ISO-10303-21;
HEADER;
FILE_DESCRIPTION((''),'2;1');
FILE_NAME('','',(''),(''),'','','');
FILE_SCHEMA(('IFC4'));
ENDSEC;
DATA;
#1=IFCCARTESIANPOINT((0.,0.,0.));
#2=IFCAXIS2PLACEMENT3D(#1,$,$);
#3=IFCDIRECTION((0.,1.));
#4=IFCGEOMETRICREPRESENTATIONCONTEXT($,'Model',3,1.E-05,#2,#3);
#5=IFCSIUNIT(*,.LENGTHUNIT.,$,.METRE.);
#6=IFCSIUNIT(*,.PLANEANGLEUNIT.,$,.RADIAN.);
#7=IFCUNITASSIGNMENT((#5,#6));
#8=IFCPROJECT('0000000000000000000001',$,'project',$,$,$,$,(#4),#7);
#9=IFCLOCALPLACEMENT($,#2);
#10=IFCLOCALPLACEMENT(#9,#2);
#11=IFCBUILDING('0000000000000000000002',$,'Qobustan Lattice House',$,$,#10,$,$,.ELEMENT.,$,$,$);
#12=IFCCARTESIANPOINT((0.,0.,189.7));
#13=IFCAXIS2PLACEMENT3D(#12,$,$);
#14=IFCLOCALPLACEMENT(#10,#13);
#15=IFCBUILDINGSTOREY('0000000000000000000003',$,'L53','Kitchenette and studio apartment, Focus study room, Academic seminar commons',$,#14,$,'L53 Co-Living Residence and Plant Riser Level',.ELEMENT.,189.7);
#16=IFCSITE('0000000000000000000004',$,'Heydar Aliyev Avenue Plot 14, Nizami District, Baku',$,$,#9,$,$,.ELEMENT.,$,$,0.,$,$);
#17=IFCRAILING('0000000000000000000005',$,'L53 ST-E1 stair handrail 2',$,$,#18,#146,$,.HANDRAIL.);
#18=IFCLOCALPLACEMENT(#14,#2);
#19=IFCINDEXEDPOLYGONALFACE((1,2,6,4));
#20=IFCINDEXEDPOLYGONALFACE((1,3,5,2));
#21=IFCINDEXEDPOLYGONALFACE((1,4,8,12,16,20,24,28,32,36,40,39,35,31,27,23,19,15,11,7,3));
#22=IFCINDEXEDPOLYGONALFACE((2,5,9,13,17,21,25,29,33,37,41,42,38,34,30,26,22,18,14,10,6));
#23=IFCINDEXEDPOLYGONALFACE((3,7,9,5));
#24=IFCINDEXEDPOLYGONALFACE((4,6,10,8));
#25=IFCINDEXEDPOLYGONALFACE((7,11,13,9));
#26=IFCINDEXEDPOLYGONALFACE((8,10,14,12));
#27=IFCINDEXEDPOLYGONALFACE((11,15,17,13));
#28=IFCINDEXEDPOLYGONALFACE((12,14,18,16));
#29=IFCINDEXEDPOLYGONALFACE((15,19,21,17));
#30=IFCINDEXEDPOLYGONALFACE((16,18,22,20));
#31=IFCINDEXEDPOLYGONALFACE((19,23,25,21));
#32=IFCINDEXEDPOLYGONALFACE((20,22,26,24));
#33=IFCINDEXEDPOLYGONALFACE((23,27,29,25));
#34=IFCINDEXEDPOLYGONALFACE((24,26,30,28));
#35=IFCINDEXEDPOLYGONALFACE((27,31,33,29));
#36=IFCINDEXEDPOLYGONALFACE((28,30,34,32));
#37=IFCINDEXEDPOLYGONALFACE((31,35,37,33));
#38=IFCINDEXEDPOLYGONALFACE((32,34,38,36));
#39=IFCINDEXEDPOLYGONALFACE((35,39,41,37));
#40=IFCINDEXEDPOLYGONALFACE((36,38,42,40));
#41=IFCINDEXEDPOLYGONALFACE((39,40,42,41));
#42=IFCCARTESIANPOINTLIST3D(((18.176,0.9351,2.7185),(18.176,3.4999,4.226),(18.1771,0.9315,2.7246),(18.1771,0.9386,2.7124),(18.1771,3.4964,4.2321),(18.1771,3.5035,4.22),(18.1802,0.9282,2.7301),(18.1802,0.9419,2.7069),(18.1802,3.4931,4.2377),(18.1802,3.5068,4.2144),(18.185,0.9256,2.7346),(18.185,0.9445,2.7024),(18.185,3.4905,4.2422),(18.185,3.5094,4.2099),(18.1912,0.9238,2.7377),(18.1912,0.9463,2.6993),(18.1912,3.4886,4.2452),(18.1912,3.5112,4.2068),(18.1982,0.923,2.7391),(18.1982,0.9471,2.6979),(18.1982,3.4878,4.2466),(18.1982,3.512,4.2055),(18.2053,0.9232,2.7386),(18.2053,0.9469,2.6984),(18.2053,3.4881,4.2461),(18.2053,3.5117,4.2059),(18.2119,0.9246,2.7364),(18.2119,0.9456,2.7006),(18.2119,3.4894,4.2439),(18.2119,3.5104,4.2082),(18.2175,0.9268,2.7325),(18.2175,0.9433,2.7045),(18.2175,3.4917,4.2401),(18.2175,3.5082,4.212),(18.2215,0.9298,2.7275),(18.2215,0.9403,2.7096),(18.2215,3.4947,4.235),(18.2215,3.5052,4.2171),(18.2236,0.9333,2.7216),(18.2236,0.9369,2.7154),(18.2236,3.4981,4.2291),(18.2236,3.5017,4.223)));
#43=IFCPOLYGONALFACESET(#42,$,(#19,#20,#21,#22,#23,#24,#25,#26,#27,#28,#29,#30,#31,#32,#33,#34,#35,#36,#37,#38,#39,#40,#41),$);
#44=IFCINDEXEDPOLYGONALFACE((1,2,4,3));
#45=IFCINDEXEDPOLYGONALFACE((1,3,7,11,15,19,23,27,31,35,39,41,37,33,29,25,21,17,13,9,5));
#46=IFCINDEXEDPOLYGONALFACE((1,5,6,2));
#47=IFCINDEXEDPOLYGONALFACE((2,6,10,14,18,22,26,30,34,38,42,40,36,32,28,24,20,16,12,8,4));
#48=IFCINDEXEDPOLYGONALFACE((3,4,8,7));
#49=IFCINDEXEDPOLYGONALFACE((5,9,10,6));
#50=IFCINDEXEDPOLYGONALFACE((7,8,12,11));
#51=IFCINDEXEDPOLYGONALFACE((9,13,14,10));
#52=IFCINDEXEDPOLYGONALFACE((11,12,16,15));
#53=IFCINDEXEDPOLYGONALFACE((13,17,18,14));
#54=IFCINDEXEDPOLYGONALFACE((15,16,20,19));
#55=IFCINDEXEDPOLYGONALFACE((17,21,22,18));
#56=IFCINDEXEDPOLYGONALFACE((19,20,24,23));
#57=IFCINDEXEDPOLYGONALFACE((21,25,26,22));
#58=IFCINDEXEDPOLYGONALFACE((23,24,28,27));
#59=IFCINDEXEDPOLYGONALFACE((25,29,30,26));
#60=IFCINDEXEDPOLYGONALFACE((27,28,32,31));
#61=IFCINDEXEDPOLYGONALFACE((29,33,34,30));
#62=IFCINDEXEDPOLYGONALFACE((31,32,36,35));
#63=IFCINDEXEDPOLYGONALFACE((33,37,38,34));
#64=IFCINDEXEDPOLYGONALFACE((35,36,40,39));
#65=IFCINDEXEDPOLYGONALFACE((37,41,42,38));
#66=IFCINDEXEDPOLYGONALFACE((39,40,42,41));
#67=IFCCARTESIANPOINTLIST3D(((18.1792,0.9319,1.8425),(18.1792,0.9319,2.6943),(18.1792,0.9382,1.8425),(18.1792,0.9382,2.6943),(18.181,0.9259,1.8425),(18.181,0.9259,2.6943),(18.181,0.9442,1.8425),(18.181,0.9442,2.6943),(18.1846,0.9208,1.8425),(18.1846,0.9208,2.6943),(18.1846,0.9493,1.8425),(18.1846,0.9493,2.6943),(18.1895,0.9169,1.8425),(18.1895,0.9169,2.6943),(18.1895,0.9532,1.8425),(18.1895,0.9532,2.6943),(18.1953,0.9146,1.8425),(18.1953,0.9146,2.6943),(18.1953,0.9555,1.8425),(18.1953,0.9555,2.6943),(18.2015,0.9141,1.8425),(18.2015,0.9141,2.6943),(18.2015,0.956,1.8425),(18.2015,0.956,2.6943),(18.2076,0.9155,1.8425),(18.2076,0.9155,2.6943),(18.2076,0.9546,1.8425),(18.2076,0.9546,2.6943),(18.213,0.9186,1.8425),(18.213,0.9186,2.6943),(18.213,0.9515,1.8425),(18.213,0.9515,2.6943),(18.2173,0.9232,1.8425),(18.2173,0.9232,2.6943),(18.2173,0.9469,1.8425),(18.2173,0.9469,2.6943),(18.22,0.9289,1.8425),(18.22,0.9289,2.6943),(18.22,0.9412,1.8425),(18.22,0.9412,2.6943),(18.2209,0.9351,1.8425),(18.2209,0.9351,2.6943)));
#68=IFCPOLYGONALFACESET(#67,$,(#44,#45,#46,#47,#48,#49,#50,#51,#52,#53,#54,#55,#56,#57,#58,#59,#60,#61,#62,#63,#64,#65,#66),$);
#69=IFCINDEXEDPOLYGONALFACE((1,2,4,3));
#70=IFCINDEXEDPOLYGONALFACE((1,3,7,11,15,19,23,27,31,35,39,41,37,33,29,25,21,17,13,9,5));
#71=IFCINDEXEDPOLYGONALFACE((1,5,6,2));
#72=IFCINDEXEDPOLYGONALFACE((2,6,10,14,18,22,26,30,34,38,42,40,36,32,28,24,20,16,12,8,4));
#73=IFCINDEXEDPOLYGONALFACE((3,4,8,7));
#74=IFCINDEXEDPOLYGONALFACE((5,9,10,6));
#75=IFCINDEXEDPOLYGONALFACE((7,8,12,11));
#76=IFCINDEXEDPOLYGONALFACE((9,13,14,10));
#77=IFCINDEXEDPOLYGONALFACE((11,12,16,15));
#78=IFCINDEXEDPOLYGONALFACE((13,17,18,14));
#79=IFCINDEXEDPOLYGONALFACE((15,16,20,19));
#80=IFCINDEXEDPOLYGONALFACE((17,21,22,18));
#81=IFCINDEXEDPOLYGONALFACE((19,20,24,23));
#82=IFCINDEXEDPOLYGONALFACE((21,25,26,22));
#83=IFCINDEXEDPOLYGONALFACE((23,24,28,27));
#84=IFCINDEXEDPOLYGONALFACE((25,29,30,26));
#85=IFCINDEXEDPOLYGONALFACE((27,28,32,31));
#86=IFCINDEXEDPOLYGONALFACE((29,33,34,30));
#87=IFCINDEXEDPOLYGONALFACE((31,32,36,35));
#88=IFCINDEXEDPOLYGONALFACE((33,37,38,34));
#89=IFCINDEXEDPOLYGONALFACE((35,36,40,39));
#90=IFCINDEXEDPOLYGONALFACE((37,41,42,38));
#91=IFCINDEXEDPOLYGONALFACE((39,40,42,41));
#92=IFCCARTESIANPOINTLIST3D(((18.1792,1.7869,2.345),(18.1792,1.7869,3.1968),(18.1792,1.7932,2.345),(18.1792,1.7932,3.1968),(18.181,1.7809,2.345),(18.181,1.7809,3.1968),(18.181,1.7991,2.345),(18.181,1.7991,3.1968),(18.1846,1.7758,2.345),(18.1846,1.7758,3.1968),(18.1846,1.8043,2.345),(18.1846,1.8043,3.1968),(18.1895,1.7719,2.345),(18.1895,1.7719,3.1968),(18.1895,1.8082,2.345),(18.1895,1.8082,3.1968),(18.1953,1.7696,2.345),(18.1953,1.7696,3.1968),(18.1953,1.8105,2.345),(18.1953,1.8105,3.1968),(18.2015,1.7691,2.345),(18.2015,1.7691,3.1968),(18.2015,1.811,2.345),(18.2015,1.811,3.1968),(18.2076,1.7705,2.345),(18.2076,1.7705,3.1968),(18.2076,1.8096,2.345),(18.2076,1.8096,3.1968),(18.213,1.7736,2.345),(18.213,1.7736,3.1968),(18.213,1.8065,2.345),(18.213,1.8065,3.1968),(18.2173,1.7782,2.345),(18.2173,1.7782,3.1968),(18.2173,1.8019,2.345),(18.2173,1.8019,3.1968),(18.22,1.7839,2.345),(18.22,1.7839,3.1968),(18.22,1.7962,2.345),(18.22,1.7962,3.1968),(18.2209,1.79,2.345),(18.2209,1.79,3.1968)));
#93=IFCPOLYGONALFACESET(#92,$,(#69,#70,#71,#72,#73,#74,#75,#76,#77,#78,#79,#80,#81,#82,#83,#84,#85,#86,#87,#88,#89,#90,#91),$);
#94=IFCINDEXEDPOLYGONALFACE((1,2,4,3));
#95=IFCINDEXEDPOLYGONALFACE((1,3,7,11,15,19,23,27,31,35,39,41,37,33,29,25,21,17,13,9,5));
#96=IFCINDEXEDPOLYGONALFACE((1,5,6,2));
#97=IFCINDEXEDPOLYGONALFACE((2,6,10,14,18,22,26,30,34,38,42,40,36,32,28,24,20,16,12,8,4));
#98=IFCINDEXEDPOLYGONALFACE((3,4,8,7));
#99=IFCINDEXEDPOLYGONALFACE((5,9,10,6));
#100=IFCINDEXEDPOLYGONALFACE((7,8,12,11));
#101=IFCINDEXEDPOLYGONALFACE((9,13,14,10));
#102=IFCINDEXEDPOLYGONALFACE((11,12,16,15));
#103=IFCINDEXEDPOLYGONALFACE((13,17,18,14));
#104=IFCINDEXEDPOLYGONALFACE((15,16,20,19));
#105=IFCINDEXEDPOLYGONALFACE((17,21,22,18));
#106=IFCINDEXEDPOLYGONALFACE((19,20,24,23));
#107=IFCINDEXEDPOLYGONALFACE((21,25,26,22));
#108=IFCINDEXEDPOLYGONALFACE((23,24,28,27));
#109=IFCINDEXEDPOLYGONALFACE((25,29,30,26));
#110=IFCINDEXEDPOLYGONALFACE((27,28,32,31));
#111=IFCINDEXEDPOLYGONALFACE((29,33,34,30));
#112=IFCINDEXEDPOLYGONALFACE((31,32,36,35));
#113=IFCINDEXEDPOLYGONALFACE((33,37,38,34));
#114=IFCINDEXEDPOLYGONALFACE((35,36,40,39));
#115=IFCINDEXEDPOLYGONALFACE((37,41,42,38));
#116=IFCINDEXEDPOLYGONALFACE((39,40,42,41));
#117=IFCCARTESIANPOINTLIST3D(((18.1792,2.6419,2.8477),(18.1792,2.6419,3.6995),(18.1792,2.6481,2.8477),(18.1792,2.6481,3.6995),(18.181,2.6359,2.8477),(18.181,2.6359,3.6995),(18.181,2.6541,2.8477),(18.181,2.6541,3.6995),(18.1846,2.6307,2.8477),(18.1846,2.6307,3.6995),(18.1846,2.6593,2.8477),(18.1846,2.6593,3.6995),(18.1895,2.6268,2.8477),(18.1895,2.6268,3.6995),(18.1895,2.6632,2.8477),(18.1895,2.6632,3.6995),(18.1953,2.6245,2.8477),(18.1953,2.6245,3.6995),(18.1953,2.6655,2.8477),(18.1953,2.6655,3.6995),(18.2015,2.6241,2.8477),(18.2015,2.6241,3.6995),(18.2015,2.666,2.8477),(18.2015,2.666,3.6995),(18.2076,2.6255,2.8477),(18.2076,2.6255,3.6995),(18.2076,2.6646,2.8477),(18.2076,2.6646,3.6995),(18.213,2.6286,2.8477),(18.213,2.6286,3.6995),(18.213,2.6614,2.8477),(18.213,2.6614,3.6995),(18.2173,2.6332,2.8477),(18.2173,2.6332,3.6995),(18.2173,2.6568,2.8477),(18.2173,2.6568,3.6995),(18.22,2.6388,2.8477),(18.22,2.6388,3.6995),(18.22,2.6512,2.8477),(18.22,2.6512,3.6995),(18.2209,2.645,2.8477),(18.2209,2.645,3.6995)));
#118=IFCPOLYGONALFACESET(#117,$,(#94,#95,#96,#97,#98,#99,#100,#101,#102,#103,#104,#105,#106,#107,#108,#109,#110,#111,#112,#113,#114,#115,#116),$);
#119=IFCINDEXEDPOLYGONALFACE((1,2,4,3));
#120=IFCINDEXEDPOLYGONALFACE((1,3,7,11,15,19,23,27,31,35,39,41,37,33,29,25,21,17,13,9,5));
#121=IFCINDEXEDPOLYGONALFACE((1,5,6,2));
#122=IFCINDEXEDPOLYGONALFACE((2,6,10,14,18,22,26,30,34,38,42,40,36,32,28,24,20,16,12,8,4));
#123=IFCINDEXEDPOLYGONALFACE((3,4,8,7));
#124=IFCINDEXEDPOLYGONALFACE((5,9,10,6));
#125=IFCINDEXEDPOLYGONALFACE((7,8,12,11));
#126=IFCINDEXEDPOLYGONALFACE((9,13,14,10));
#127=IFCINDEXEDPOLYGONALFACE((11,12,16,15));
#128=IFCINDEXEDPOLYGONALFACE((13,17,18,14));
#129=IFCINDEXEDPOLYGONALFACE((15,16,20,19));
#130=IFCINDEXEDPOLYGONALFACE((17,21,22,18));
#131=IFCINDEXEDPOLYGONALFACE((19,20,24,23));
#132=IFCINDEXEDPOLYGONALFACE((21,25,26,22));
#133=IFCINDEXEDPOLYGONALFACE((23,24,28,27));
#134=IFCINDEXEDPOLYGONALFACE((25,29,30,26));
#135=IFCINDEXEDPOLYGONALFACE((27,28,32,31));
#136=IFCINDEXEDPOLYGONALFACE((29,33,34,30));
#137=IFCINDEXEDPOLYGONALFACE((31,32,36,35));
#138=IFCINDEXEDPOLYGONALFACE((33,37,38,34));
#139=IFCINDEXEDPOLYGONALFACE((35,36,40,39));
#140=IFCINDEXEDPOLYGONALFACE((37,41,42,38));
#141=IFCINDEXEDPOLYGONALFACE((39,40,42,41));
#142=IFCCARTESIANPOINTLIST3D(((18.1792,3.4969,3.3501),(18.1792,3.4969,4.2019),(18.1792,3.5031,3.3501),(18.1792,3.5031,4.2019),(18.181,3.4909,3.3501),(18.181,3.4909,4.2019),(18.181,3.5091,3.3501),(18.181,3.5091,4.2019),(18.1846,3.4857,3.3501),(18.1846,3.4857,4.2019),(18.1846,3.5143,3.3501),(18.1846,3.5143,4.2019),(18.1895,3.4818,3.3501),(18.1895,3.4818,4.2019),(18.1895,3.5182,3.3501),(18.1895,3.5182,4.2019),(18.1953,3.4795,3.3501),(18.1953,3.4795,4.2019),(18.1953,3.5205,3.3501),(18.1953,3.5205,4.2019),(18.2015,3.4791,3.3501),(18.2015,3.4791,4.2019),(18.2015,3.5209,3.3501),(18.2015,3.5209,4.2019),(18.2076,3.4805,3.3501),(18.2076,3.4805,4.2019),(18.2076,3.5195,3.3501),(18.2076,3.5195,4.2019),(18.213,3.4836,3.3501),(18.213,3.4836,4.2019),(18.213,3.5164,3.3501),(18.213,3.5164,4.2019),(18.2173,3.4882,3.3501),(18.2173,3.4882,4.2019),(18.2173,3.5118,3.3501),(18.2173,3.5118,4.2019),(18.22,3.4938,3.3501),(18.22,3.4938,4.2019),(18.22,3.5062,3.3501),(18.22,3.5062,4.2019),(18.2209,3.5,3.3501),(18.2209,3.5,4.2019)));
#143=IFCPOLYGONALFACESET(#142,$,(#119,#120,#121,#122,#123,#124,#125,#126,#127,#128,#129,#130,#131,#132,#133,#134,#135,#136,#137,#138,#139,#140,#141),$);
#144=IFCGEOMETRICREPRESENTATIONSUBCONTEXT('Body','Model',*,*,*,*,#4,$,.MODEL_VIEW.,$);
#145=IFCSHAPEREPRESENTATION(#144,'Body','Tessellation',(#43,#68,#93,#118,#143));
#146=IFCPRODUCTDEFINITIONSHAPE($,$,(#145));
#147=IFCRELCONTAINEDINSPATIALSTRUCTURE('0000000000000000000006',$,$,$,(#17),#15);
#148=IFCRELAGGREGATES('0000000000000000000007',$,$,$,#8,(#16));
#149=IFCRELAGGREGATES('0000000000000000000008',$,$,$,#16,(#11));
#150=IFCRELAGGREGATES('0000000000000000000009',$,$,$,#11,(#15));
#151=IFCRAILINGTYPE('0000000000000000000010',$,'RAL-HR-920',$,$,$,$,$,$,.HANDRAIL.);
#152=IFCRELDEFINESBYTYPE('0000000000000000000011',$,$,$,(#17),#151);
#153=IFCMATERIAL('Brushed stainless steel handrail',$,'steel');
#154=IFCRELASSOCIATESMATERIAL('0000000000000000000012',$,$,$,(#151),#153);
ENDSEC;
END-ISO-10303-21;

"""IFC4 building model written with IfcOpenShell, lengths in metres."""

from ifc_helpers import new_model, si_unit, direction, frame, origin, origin_2d, place, context, subcontext, project, spatial, circle, extrude, material, type_object, element, save


model = new_model("IFC4")

# Units and contexts
model_context = context("Model", 3, precision=1e-05, world=origin(), true_north=direction((0.0, 1.0)))
body_context = subcontext(model_context, "Body", "Model", "MODEL_VIEW")
ifc_project = project(units=[si_unit("LENGTHUNIT", "METRE"), si_unit("PLANEANGLEUNIT", "RADIAN")], contexts=[model_context])

# Site, building, storey
site_placement = place(None, origin())
site = spatial("IfcSite", under=ifc_project, at=site_placement, Name="Heydar Aliyev Avenue Plot 14, Nizami District, Baku", CompositionType="ELEMENT", RefElevation=0.0)
building_placement = place(site_placement, origin())
building = spatial("IfcBuilding", under=site, at=building_placement, Name="Qobustan Lattice House", CompositionType="ELEMENT")
storey_placement = place(building_placement, frame((0.0, 0.0, 189.7)))
storey = spatial("IfcBuildingStorey", under=building, at=storey_placement, Name="L53", Description="Kitchenette and studio apartment, Focus study room, Academic seminar commons", LongName="L53 Co-Living Residence and Plant Riser Level", CompositionType="ELEMENT", Elevation=189.7)

# Railing
ifc_material_1 = material(Name="Brushed stainless steel handrail", Category="steel")
railing_type_1 = type_object("IfcRailingType", Name="RAL-HR-920", PredefinedType="HANDRAIL", material=ifc_material_1)
railing_1_placement = place(storey_placement, frame((18.2, 0.9351, 1.8425)))
element("IfcRailing", 1, at=railing_1_placement, inside=storey, type_object=railing_type_1, Name="L53 ST-E1 stair handrail 2", PredefinedType="HANDRAIL", context=body_context, shape_type="SweptSolid", body=[
    extrude(circle(Radius=0.0239, at=origin_2d()), frame((0.0, 0.0, 0.876), z_axis=(0.0, 0.862113, 0.506715), x_axis=(-1.0, 0.0, 0.0)), (0.0, 0.0, 1.0), 2.9751),
    extrude(circle(Radius=0.021, at=origin_2d()), origin(), (0.0, 0.0, 1.0), 0.8518),
    extrude(circle(Radius=0.021, at=origin_2d()), frame((0.0, 0.855, 0.5024)), (0.0, 0.0, 1.0), 0.8518),
    extrude(circle(Radius=0.021, at=origin_2d()), frame((0.0, 1.71, 1.0051)), (0.0, 0.0, 1.0), 0.8518),
    extrude(circle(Radius=0.021, at=origin_2d()), frame((0.0, 2.5649, 1.5076)), (0.0, 0.0, 1.0), 0.8518),
])

save(model, "model.ifc")
